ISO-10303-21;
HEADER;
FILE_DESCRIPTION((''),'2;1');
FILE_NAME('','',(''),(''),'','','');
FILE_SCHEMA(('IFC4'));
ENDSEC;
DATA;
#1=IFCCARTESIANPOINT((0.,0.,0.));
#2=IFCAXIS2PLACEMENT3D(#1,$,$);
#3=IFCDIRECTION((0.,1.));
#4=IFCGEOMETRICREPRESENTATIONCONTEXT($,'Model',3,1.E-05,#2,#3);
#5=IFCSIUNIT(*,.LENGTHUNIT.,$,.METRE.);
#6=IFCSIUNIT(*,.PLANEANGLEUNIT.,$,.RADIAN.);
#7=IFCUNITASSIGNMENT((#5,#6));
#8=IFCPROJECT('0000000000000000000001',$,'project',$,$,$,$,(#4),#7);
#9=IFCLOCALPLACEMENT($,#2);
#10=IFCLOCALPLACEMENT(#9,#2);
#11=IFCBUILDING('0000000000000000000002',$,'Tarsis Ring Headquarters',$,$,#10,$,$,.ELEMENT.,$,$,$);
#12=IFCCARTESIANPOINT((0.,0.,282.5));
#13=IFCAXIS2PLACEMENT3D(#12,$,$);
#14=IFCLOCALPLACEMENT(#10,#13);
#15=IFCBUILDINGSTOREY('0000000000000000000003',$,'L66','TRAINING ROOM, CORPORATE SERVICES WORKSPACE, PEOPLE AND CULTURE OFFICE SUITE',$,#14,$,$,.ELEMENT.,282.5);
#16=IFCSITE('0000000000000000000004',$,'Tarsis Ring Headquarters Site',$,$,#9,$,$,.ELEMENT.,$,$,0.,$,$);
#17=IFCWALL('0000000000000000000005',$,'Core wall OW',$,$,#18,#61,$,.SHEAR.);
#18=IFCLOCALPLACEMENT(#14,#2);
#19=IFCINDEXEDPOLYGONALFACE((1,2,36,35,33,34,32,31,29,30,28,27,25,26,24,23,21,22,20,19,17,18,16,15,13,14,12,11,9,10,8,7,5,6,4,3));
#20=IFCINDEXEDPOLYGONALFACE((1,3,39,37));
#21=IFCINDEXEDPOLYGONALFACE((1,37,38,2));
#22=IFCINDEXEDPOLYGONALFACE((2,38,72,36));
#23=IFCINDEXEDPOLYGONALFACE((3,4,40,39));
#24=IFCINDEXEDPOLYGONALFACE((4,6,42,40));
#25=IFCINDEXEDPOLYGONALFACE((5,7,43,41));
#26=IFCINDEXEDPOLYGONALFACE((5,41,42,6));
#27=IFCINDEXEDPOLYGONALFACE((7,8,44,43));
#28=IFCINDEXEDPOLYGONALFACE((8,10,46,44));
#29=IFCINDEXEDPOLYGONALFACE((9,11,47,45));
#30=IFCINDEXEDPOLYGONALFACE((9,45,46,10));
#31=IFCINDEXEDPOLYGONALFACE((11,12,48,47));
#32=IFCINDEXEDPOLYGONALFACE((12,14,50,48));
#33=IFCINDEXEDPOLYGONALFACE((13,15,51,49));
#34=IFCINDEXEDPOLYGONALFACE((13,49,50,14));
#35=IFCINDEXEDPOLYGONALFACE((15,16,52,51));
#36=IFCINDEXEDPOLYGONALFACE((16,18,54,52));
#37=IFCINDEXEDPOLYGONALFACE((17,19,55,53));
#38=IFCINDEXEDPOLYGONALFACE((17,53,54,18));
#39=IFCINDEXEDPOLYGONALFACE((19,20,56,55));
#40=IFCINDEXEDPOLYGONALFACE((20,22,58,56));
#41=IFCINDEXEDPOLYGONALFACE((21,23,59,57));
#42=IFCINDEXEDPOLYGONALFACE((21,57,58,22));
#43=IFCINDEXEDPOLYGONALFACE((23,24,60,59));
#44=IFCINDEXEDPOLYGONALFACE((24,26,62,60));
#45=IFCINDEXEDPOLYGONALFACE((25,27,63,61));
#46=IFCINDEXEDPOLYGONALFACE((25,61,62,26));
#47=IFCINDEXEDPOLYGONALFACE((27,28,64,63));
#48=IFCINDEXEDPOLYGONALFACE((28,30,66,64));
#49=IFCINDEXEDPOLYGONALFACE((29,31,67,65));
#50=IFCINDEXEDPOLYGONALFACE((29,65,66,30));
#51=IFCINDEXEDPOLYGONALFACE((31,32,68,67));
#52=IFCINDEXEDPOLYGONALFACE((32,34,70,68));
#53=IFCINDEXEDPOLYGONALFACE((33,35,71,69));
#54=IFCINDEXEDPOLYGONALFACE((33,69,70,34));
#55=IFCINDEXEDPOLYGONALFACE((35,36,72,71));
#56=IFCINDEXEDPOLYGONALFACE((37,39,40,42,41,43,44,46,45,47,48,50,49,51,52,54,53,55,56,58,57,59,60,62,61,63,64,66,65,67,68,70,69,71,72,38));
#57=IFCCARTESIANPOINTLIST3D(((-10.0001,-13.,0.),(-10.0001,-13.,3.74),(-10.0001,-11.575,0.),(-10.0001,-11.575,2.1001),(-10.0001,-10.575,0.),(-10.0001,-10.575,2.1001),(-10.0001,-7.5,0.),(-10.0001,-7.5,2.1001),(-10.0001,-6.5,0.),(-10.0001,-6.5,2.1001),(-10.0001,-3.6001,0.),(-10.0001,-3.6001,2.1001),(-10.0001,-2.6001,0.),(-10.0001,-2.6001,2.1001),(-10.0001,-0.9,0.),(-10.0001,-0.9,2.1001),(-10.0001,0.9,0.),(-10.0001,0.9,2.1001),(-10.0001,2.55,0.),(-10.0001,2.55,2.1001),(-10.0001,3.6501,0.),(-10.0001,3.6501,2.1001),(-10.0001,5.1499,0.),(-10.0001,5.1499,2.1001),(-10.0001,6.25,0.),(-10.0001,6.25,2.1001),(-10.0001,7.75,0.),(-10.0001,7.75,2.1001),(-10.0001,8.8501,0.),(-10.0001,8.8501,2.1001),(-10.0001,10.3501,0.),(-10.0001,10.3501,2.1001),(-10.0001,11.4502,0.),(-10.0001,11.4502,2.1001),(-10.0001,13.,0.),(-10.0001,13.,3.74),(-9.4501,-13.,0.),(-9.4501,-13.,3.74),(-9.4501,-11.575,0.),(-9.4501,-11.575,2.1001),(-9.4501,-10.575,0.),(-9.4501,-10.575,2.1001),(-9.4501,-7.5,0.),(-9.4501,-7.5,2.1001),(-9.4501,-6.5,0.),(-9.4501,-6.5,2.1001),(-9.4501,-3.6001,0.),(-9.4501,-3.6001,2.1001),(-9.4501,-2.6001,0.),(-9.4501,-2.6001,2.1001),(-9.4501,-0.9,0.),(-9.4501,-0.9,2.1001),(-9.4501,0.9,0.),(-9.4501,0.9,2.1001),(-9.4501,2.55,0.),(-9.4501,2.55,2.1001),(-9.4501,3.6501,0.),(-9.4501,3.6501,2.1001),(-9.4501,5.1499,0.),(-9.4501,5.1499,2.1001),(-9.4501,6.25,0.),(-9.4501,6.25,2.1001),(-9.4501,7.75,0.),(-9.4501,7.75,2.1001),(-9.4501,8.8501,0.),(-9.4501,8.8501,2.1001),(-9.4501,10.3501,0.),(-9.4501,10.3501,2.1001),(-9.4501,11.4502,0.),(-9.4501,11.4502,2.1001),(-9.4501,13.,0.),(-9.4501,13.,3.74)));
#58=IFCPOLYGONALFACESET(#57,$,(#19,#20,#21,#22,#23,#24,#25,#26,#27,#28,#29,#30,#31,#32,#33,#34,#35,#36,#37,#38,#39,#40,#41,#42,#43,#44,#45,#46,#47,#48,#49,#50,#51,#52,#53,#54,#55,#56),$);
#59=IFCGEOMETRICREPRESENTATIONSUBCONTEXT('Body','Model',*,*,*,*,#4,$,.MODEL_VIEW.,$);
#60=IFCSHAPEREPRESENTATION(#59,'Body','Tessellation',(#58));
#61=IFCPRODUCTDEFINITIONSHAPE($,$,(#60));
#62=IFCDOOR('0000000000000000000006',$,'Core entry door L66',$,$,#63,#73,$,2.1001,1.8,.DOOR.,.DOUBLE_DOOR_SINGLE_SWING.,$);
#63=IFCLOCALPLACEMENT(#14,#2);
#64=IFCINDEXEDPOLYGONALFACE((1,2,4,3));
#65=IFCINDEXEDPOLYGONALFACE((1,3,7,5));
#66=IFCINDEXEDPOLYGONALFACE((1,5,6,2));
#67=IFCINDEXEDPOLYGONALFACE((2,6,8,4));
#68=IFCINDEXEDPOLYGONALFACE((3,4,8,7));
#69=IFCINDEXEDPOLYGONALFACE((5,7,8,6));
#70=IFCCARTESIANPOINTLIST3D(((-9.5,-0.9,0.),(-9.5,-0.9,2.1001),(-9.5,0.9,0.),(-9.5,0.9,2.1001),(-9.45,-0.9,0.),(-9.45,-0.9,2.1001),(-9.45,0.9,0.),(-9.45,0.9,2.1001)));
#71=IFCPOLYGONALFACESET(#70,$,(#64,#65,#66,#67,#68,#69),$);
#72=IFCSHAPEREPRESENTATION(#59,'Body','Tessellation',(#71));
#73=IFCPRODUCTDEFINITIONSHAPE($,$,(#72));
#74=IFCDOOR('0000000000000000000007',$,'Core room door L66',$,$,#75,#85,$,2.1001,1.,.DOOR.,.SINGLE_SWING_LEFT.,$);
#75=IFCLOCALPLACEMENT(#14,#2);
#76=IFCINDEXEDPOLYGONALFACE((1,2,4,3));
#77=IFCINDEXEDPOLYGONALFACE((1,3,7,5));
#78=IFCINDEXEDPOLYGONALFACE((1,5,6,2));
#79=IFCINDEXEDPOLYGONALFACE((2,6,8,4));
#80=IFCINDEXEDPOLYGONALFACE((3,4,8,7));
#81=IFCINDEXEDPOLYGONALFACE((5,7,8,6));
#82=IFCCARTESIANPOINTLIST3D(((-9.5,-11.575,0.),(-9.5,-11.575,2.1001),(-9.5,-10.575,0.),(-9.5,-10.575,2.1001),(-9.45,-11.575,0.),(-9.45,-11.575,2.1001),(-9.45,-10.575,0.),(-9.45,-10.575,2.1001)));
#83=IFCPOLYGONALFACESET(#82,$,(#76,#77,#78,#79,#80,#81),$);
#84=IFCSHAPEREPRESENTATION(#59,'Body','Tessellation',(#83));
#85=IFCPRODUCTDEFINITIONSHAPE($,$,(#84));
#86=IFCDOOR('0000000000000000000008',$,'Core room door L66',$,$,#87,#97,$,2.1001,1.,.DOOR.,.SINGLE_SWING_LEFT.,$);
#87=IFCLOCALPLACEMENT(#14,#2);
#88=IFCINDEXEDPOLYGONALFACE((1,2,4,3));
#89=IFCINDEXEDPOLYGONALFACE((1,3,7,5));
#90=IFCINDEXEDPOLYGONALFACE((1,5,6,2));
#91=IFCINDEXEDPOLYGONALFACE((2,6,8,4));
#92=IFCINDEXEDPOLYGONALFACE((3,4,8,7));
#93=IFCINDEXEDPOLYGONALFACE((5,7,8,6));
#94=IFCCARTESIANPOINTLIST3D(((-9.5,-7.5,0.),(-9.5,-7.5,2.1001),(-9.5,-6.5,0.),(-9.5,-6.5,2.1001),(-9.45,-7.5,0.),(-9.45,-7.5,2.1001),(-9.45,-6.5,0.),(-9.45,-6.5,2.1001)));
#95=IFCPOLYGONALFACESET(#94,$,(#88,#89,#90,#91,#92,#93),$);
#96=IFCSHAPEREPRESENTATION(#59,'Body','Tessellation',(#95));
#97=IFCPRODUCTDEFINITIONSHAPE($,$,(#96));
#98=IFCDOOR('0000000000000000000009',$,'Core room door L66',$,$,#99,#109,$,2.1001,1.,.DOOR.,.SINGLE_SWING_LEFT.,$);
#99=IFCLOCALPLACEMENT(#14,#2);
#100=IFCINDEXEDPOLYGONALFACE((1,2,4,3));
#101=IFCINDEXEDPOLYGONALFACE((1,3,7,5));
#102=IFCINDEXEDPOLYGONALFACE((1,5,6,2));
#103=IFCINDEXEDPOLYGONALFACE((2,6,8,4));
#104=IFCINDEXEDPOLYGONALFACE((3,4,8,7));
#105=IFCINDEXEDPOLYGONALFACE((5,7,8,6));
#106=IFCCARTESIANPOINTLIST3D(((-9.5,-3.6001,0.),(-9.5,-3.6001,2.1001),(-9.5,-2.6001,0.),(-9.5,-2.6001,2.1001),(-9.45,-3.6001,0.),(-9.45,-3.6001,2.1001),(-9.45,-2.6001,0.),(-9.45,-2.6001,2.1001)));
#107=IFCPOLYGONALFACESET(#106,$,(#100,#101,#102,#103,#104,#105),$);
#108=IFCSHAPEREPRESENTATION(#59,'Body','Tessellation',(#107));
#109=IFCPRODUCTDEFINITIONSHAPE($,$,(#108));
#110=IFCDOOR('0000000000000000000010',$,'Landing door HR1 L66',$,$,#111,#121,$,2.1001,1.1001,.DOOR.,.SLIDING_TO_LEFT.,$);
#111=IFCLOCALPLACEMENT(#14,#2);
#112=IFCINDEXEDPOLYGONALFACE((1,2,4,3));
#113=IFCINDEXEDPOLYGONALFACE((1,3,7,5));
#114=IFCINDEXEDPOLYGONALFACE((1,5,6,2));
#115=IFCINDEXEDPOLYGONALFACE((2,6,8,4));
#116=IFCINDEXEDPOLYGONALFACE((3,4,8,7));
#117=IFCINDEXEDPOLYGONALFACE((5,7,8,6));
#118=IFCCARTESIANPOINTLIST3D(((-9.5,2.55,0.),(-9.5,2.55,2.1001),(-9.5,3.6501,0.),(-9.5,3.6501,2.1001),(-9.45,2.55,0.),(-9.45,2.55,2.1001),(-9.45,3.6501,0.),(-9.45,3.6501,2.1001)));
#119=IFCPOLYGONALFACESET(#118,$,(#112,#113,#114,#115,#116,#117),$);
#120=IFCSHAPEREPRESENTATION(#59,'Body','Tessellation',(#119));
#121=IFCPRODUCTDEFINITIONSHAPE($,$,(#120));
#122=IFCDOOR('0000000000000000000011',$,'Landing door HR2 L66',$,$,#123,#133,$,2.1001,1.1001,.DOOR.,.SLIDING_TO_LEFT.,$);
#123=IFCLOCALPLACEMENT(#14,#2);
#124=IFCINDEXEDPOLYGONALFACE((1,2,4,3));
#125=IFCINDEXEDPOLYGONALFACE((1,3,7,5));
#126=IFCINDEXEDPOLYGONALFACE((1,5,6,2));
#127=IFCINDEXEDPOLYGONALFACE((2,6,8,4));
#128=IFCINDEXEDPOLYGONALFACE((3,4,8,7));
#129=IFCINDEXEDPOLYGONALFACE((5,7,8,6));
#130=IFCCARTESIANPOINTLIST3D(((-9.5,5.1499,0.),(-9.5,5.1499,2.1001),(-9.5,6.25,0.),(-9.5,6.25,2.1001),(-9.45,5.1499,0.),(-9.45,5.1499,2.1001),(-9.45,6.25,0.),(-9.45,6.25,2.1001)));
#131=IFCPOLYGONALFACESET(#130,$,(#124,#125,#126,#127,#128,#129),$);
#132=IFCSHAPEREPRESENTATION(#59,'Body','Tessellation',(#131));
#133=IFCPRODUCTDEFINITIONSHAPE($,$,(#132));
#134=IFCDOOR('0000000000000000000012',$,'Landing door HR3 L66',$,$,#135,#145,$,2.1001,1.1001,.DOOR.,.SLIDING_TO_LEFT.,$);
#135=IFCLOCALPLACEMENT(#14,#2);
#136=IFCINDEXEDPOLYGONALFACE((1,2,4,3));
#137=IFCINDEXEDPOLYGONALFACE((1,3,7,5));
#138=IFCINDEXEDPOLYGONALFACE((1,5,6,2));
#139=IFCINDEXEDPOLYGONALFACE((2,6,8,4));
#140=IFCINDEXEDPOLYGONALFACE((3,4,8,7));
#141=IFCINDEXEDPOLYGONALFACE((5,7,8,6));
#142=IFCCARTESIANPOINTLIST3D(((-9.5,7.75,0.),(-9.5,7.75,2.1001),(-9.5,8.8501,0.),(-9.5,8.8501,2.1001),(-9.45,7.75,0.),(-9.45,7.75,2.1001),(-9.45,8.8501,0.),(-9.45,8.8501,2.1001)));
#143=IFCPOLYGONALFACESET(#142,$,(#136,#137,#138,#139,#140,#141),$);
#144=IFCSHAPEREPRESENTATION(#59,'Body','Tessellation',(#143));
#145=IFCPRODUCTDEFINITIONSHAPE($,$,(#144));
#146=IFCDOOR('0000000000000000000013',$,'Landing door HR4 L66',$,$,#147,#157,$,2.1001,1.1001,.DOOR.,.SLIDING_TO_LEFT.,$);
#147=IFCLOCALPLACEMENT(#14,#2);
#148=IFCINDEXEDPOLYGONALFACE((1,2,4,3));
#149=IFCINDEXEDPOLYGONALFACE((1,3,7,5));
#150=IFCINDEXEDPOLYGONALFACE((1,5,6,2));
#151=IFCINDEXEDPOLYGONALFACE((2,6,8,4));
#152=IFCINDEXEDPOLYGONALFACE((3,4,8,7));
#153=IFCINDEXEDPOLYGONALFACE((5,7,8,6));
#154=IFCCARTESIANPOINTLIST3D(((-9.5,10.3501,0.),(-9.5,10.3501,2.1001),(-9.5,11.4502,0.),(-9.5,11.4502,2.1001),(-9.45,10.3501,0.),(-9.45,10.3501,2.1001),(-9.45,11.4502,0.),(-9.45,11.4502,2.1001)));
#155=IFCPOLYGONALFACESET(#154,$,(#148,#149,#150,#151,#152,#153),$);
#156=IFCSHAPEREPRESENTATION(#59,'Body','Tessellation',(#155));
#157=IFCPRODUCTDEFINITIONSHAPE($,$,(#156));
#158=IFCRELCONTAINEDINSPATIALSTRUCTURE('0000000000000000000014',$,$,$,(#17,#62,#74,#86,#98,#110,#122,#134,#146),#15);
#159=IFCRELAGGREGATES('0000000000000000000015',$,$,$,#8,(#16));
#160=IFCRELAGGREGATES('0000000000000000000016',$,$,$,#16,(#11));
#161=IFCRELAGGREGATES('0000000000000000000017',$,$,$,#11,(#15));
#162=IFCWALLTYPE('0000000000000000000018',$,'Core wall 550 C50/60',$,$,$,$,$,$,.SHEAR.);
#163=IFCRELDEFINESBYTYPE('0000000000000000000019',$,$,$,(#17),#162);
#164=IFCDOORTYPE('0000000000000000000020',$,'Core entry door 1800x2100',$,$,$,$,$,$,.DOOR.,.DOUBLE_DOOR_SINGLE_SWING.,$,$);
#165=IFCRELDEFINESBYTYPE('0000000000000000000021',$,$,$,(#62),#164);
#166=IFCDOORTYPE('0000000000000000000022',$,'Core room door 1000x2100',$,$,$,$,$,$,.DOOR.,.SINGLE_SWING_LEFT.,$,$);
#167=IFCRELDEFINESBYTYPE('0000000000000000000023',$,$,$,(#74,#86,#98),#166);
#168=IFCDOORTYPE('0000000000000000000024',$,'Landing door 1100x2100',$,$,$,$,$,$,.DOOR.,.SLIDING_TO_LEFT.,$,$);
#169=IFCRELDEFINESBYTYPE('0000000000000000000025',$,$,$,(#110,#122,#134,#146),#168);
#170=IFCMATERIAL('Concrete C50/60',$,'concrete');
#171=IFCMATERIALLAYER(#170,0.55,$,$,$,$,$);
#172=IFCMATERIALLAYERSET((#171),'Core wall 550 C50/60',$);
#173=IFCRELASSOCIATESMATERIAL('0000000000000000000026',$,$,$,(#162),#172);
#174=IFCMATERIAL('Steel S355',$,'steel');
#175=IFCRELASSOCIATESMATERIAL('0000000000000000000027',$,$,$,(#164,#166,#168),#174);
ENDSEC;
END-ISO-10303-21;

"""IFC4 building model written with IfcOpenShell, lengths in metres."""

from ifc_helpers import new_model, si_unit, direction, frame, frame_2d, origin, place, context, subcontext, project, spatial, rectangle, extrude, material, layer, layer_set, type_object, element, fill, save


model = new_model("IFC4")

# Units and contexts
model_context = context("Model", 3, precision=1e-05, world=origin(), true_north=direction((0.0, 1.0)))
body_context = subcontext(model_context, "Body", "Model", "MODEL_VIEW")
ifc_project = project(units=[si_unit("LENGTHUNIT", "METRE"), si_unit("PLANEANGLEUNIT", "RADIAN")], contexts=[model_context])

# Site, building, storey
site_placement = place(None, origin())
site = spatial("IfcSite", under=ifc_project, at=site_placement, Name="Tarsis Ring Headquarters Site", CompositionType="ELEMENT", RefElevation=0.0)
building_placement = place(site_placement, origin())
building = spatial("IfcBuilding", under=site, at=building_placement, Name="Tarsis Ring Headquarters", CompositionType="ELEMENT")
storey_placement = place(building_placement, frame((0.0, 0.0, 282.5)))
storey = spatial("IfcBuildingStorey", under=building, at=storey_placement, Name="L66", Description="TRAINING ROOM, CORPORATE SERVICES WORKSPACE, PEOPLE AND CULTURE OFFICE SUITE", CompositionType="ELEMENT", Elevation=282.5)

# Wall, openings, doors
ifc_material_1 = material(Name="Concrete C50/60", Category="concrete")
ifc_layer_1 = layer(ifc_material_1, 0.55)
ifc_layer_set_1 = layer_set([ifc_layer_1], Name="Core wall 550 C50/60")
wall_type_1 = type_object("IfcWallType", Name="Core wall 550 C50/60", PredefinedType="SHEAR", material=ifc_layer_set_1)
wall_1_placement = place(storey_placement, frame((-9.7251, -13.0, 0.0), z_axis=(0.0, 0.0, 1.0), x_axis=(0.0, 1.0, 0.0)))
wall_1 = element("IfcWall", 1, at=wall_1_placement, inside=storey, type_object=wall_type_1, Name="Core wall OW", PredefinedType="SHEAR", context=body_context, shape_type="SweptSolid", body=[
    extrude(rectangle(XDim=26.0, YDim=0.55, at=frame_2d((13.0, 0.0))), origin(), (0.0, 0.0, 1.0), 3.74),
])
opening_1_placement = place(wall_1_placement, frame((1.425, 0.0, 0.0)))
opening_1 = element("IfcOpeningElement", 2, at=opening_1_placement, cuts=wall_1, PredefinedType="OPENING", context=body_context, shape_type="SweptSolid", body=[
    extrude(rectangle(XDim=1.0, YDim=2.1001, at=frame_2d((0.5, 1.05))), frame((0.0, 0.2849, 0.0), z_axis=(0.0, -1.0, 0.0), x_axis=(1.0, 0.0, 0.0)), (0.0, 0.0, 1.0), 0.5701),
])
opening_2_placement = place(wall_1_placement, frame((5.5, 0.0, 0.0)))
opening_2 = element("IfcOpeningElement", 3, at=opening_2_placement, cuts=wall_1, PredefinedType="OPENING", context=body_context, shape_type="SweptSolid", body=[
    extrude(rectangle(XDim=1.0, YDim=2.1001, at=frame_2d((0.5, 1.05))), frame((0.0, 0.2849, 0.0), z_axis=(0.0, -1.0, 0.0), x_axis=(1.0, 0.0, 0.0)), (0.0, 0.0, 1.0), 0.5701),
])
opening_3_placement = place(wall_1_placement, frame((9.3999, 0.0, 0.0)))
opening_3 = element("IfcOpeningElement", 4, at=opening_3_placement, cuts=wall_1, PredefinedType="OPENING", context=body_context, shape_type="SweptSolid", body=[
    extrude(rectangle(XDim=1.0, YDim=2.1001, at=frame_2d((0.5, 1.05))), frame((0.0, 0.2849, 0.0), z_axis=(0.0, -1.0, 0.0), x_axis=(1.0, 0.0, 0.0)), (0.0, 0.0, 1.0), 0.5701),
])
opening_4_placement = place(wall_1_placement, frame((12.1001, 0.0, 0.0)))
opening_4 = element("IfcOpeningElement", 5, at=opening_4_placement, cuts=wall_1, PredefinedType="OPENING", context=body_context, shape_type="SweptSolid", body=[
    extrude(rectangle(XDim=1.8, YDim=2.1001, at=frame_2d((0.8999, 1.05))), frame((0.0, 0.2849, 0.0), z_axis=(0.0, -1.0, 0.0), x_axis=(1.0, 0.0, 0.0)), (0.0, 0.0, 1.0), 0.5701),
])
opening_5_placement = place(wall_1_placement, frame((15.55, 0.0, 0.0)))
opening_5 = element("IfcOpeningElement", 6, at=opening_5_placement, cuts=wall_1, PredefinedType="OPENING", context=body_context, shape_type="SweptSolid", body=[
    extrude(rectangle(XDim=1.1001, YDim=2.1001, at=frame_2d((0.55, 1.05))), frame((0.0, 0.2849, 0.0), z_axis=(0.0, -1.0, 0.0), x_axis=(1.0, 0.0, 0.0)), (0.0, 0.0, 1.0), 0.5701),
])
opening_6_placement = place(wall_1_placement, frame((18.1499, 0.0, 0.0)))
opening_6 = element("IfcOpeningElement", 7, at=opening_6_placement, cuts=wall_1, PredefinedType="OPENING", context=body_context, shape_type="SweptSolid", body=[
    extrude(rectangle(XDim=1.1001, YDim=2.1001, at=frame_2d((0.55, 1.05))), frame((0.0, 0.2849, 0.0), z_axis=(0.0, -1.0, 0.0), x_axis=(1.0, 0.0, 0.0)), (0.0, 0.0, 1.0), 0.5701),
])
opening_7_placement = place(wall_1_placement, frame((20.75, 0.0, 0.0)))
opening_7 = element("IfcOpeningElement", 8, at=opening_7_placement, cuts=wall_1, PredefinedType="OPENING", context=body_context, shape_type="SweptSolid", body=[
    extrude(rectangle(XDim=1.1001, YDim=2.1001, at=frame_2d((0.55, 1.05))), frame((0.0, 0.2849, 0.0), z_axis=(0.0, -1.0, 0.0), x_axis=(1.0, 0.0, 0.0)), (0.0, 0.0, 1.0), 0.5701),
])
opening_8_placement = place(wall_1_placement, frame((23.3501, 0.0, 0.0)))
opening_8 = element("IfcOpeningElement", 9, at=opening_8_placement, cuts=wall_1, PredefinedType="OPENING", context=body_context, shape_type="SweptSolid", body=[
    extrude(rectangle(XDim=1.1001, YDim=2.1001, at=frame_2d((0.55, 1.05))), frame((0.0, 0.2849, 0.0), z_axis=(0.0, -1.0, 0.0), x_axis=(1.0, 0.0, 0.0)), (0.0, 0.0, 1.0), 0.5701),
])
ifc_material_2 = material(Name="Steel S355", Category="steel")
door_type_1 = type_object("IfcDoorType", Name="Core entry door 1800x2100", OperationType="DOUBLE_DOOR_SINGLE_SWING", PredefinedType="DOOR", material=ifc_material_2)
door_1_placement = place(opening_4_placement, origin())
door_1 = element("IfcDoor", 10, at=door_1_placement, inside=storey, type_object=door_type_1, Name="Core entry door L66", OperationType="DOUBLE_DOOR_SINGLE_SWING", OverallHeight=2.1001, OverallWidth=1.8, PredefinedType="DOOR", context=body_context, shape_type="SweptSolid", body=[
    extrude(rectangle(XDim=1.8, YDim=2.1001, at=frame_2d((0.8999, 1.05))), frame((0.0, -0.2251, 0.0), z_axis=(0.0, -1.0, 0.0), x_axis=(1.0, 0.0, 0.0)), (0.0, 0.0, 1.0), 0.05),
])
fill(opening_4, door_1)
door_type_2 = type_object("IfcDoorType", Name="Core room door 1000x2100", OperationType="SINGLE_SWING_LEFT", PredefinedType="DOOR", material=ifc_material_2)
door_2_placement = place(opening_1_placement, origin())
door_2 = element("IfcDoor", 11, at=door_2_placement, inside=storey, type_object=door_type_2, Name="Core room door L66", OperationType="SINGLE_SWING_LEFT", OverallHeight=2.1001, OverallWidth=1.0, PredefinedType="DOOR", context=body_context, shape_type="SweptSolid", body=[
    extrude(rectangle(XDim=1.0, YDim=2.1001, at=frame_2d((0.5, 1.05))), frame((0.0, -0.2251, 0.0), z_axis=(0.0, -1.0, 0.0), x_axis=(1.0, 0.0, 0.0)), (0.0, 0.0, 1.0), 0.05),
])
fill(opening_1, door_2)
door_3_placement = place(opening_2_placement, origin())
door_3 = element("IfcDoor", 12, at=door_3_placement, inside=storey, type_object=door_type_2, Name="Core room door L66", OperationType="SINGLE_SWING_LEFT", OverallHeight=2.1001, OverallWidth=1.0, PredefinedType="DOOR", context=body_context, shape_type="SweptSolid", body=[
    extrude(rectangle(XDim=1.0, YDim=2.1001, at=frame_2d((0.5, 1.05))), frame((0.0, -0.2251, 0.0), z_axis=(0.0, -1.0, 0.0), x_axis=(1.0, 0.0, 0.0)), (0.0, 0.0, 1.0), 0.05),
])
fill(opening_2, door_3)
door_4_placement = place(opening_3_placement, origin())
door_4 = element("IfcDoor", 13, at=door_4_placement, inside=storey, type_object=door_type_2, Name="Core room door L66", OperationType="SINGLE_SWING_LEFT", OverallHeight=2.1001, OverallWidth=1.0, PredefinedType="DOOR", context=body_context, shape_type="SweptSolid", body=[
    extrude(rectangle(XDim=1.0, YDim=2.1001, at=frame_2d((0.5, 1.05))), frame((0.0, -0.2251, 0.0), z_axis=(0.0, -1.0, 0.0), x_axis=(1.0, 0.0, 0.0)), (0.0, 0.0, 1.0), 0.05),
])
fill(opening_3, door_4)
door_type_3 = type_object("IfcDoorType", Name="Landing door 1100x2100", OperationType="SLIDING_TO_LEFT", PredefinedType="DOOR", material=ifc_material_2)
door_5_placement = place(opening_5_placement, origin())
door_5 = element("IfcDoor", 14, at=door_5_placement, inside=storey, type_object=door_type_3, Name="Landing door HR1 L66", OperationType="SLIDING_TO_LEFT", OverallHeight=2.1001, OverallWidth=1.1001, PredefinedType="DOOR", context=body_context, shape_type="SweptSolid", body=[
    extrude(rectangle(XDim=1.1001, YDim=2.1001, at=frame_2d((0.55, 1.05))), frame((0.0, -0.2251, 0.0), z_axis=(0.0, -1.0, 0.0), x_axis=(1.0, 0.0, 0.0)), (0.0, 0.0, 1.0), 0.05),
])
fill(opening_5, door_5)
door_6_placement = place(opening_6_placement, origin())
door_6 = element("IfcDoor", 15, at=door_6_placement, inside=storey, type_object=door_type_3, Name="Landing door HR2 L66", OperationType="SLIDING_TO_LEFT", OverallHeight=2.1001, OverallWidth=1.1001, PredefinedType="DOOR", context=body_context, shape_type="SweptSolid", body=[
    extrude(rectangle(XDim=1.1001, YDim=2.1001, at=frame_2d((0.55, 1.05))), frame((0.0, -0.2251, 0.0), z_axis=(0.0, -1.0, 0.0), x_axis=(1.0, 0.0, 0.0)), (0.0, 0.0, 1.0), 0.05),
])
fill(opening_6, door_6)
door_7_placement = place(opening_7_placement, origin())
door_7 = element("IfcDoor", 16, at=door_7_placement, inside=storey, type_object=door_type_3, Name="Landing door HR3 L66", OperationType="SLIDING_TO_LEFT", OverallHeight=2.1001, OverallWidth=1.1001, PredefinedType="DOOR", context=body_context, shape_type="SweptSolid", body=[
    extrude(rectangle(XDim=1.1001, YDim=2.1001, at=frame_2d((0.55, 1.05))), frame((0.0, -0.2251, 0.0), z_axis=(0.0, -1.0, 0.0), x_axis=(1.0, 0.0, 0.0)), (0.0, 0.0, 1.0), 0.05),
])
fill(opening_7, door_7)
door_8_placement = place(opening_8_placement, origin())
door_8 = element("IfcDoor", 17, at=door_8_placement, inside=storey, type_object=door_type_3, Name="Landing door HR4 L66", OperationType="SLIDING_TO_LEFT", OverallHeight=2.1001, OverallWidth=1.1001, PredefinedType="DOOR", context=body_context, shape_type="SweptSolid", body=[
    extrude(rectangle(XDim=1.1001, YDim=2.1001, at=frame_2d((0.55, 1.05))), frame((0.0, -0.2251, 0.0), z_axis=(0.0, -1.0, 0.0), x_axis=(1.0, 0.0, 0.0)), (0.0, 0.0, 1.0), 0.05),
])
fill(opening_8, door_8)

save(model, "model.ifc")
